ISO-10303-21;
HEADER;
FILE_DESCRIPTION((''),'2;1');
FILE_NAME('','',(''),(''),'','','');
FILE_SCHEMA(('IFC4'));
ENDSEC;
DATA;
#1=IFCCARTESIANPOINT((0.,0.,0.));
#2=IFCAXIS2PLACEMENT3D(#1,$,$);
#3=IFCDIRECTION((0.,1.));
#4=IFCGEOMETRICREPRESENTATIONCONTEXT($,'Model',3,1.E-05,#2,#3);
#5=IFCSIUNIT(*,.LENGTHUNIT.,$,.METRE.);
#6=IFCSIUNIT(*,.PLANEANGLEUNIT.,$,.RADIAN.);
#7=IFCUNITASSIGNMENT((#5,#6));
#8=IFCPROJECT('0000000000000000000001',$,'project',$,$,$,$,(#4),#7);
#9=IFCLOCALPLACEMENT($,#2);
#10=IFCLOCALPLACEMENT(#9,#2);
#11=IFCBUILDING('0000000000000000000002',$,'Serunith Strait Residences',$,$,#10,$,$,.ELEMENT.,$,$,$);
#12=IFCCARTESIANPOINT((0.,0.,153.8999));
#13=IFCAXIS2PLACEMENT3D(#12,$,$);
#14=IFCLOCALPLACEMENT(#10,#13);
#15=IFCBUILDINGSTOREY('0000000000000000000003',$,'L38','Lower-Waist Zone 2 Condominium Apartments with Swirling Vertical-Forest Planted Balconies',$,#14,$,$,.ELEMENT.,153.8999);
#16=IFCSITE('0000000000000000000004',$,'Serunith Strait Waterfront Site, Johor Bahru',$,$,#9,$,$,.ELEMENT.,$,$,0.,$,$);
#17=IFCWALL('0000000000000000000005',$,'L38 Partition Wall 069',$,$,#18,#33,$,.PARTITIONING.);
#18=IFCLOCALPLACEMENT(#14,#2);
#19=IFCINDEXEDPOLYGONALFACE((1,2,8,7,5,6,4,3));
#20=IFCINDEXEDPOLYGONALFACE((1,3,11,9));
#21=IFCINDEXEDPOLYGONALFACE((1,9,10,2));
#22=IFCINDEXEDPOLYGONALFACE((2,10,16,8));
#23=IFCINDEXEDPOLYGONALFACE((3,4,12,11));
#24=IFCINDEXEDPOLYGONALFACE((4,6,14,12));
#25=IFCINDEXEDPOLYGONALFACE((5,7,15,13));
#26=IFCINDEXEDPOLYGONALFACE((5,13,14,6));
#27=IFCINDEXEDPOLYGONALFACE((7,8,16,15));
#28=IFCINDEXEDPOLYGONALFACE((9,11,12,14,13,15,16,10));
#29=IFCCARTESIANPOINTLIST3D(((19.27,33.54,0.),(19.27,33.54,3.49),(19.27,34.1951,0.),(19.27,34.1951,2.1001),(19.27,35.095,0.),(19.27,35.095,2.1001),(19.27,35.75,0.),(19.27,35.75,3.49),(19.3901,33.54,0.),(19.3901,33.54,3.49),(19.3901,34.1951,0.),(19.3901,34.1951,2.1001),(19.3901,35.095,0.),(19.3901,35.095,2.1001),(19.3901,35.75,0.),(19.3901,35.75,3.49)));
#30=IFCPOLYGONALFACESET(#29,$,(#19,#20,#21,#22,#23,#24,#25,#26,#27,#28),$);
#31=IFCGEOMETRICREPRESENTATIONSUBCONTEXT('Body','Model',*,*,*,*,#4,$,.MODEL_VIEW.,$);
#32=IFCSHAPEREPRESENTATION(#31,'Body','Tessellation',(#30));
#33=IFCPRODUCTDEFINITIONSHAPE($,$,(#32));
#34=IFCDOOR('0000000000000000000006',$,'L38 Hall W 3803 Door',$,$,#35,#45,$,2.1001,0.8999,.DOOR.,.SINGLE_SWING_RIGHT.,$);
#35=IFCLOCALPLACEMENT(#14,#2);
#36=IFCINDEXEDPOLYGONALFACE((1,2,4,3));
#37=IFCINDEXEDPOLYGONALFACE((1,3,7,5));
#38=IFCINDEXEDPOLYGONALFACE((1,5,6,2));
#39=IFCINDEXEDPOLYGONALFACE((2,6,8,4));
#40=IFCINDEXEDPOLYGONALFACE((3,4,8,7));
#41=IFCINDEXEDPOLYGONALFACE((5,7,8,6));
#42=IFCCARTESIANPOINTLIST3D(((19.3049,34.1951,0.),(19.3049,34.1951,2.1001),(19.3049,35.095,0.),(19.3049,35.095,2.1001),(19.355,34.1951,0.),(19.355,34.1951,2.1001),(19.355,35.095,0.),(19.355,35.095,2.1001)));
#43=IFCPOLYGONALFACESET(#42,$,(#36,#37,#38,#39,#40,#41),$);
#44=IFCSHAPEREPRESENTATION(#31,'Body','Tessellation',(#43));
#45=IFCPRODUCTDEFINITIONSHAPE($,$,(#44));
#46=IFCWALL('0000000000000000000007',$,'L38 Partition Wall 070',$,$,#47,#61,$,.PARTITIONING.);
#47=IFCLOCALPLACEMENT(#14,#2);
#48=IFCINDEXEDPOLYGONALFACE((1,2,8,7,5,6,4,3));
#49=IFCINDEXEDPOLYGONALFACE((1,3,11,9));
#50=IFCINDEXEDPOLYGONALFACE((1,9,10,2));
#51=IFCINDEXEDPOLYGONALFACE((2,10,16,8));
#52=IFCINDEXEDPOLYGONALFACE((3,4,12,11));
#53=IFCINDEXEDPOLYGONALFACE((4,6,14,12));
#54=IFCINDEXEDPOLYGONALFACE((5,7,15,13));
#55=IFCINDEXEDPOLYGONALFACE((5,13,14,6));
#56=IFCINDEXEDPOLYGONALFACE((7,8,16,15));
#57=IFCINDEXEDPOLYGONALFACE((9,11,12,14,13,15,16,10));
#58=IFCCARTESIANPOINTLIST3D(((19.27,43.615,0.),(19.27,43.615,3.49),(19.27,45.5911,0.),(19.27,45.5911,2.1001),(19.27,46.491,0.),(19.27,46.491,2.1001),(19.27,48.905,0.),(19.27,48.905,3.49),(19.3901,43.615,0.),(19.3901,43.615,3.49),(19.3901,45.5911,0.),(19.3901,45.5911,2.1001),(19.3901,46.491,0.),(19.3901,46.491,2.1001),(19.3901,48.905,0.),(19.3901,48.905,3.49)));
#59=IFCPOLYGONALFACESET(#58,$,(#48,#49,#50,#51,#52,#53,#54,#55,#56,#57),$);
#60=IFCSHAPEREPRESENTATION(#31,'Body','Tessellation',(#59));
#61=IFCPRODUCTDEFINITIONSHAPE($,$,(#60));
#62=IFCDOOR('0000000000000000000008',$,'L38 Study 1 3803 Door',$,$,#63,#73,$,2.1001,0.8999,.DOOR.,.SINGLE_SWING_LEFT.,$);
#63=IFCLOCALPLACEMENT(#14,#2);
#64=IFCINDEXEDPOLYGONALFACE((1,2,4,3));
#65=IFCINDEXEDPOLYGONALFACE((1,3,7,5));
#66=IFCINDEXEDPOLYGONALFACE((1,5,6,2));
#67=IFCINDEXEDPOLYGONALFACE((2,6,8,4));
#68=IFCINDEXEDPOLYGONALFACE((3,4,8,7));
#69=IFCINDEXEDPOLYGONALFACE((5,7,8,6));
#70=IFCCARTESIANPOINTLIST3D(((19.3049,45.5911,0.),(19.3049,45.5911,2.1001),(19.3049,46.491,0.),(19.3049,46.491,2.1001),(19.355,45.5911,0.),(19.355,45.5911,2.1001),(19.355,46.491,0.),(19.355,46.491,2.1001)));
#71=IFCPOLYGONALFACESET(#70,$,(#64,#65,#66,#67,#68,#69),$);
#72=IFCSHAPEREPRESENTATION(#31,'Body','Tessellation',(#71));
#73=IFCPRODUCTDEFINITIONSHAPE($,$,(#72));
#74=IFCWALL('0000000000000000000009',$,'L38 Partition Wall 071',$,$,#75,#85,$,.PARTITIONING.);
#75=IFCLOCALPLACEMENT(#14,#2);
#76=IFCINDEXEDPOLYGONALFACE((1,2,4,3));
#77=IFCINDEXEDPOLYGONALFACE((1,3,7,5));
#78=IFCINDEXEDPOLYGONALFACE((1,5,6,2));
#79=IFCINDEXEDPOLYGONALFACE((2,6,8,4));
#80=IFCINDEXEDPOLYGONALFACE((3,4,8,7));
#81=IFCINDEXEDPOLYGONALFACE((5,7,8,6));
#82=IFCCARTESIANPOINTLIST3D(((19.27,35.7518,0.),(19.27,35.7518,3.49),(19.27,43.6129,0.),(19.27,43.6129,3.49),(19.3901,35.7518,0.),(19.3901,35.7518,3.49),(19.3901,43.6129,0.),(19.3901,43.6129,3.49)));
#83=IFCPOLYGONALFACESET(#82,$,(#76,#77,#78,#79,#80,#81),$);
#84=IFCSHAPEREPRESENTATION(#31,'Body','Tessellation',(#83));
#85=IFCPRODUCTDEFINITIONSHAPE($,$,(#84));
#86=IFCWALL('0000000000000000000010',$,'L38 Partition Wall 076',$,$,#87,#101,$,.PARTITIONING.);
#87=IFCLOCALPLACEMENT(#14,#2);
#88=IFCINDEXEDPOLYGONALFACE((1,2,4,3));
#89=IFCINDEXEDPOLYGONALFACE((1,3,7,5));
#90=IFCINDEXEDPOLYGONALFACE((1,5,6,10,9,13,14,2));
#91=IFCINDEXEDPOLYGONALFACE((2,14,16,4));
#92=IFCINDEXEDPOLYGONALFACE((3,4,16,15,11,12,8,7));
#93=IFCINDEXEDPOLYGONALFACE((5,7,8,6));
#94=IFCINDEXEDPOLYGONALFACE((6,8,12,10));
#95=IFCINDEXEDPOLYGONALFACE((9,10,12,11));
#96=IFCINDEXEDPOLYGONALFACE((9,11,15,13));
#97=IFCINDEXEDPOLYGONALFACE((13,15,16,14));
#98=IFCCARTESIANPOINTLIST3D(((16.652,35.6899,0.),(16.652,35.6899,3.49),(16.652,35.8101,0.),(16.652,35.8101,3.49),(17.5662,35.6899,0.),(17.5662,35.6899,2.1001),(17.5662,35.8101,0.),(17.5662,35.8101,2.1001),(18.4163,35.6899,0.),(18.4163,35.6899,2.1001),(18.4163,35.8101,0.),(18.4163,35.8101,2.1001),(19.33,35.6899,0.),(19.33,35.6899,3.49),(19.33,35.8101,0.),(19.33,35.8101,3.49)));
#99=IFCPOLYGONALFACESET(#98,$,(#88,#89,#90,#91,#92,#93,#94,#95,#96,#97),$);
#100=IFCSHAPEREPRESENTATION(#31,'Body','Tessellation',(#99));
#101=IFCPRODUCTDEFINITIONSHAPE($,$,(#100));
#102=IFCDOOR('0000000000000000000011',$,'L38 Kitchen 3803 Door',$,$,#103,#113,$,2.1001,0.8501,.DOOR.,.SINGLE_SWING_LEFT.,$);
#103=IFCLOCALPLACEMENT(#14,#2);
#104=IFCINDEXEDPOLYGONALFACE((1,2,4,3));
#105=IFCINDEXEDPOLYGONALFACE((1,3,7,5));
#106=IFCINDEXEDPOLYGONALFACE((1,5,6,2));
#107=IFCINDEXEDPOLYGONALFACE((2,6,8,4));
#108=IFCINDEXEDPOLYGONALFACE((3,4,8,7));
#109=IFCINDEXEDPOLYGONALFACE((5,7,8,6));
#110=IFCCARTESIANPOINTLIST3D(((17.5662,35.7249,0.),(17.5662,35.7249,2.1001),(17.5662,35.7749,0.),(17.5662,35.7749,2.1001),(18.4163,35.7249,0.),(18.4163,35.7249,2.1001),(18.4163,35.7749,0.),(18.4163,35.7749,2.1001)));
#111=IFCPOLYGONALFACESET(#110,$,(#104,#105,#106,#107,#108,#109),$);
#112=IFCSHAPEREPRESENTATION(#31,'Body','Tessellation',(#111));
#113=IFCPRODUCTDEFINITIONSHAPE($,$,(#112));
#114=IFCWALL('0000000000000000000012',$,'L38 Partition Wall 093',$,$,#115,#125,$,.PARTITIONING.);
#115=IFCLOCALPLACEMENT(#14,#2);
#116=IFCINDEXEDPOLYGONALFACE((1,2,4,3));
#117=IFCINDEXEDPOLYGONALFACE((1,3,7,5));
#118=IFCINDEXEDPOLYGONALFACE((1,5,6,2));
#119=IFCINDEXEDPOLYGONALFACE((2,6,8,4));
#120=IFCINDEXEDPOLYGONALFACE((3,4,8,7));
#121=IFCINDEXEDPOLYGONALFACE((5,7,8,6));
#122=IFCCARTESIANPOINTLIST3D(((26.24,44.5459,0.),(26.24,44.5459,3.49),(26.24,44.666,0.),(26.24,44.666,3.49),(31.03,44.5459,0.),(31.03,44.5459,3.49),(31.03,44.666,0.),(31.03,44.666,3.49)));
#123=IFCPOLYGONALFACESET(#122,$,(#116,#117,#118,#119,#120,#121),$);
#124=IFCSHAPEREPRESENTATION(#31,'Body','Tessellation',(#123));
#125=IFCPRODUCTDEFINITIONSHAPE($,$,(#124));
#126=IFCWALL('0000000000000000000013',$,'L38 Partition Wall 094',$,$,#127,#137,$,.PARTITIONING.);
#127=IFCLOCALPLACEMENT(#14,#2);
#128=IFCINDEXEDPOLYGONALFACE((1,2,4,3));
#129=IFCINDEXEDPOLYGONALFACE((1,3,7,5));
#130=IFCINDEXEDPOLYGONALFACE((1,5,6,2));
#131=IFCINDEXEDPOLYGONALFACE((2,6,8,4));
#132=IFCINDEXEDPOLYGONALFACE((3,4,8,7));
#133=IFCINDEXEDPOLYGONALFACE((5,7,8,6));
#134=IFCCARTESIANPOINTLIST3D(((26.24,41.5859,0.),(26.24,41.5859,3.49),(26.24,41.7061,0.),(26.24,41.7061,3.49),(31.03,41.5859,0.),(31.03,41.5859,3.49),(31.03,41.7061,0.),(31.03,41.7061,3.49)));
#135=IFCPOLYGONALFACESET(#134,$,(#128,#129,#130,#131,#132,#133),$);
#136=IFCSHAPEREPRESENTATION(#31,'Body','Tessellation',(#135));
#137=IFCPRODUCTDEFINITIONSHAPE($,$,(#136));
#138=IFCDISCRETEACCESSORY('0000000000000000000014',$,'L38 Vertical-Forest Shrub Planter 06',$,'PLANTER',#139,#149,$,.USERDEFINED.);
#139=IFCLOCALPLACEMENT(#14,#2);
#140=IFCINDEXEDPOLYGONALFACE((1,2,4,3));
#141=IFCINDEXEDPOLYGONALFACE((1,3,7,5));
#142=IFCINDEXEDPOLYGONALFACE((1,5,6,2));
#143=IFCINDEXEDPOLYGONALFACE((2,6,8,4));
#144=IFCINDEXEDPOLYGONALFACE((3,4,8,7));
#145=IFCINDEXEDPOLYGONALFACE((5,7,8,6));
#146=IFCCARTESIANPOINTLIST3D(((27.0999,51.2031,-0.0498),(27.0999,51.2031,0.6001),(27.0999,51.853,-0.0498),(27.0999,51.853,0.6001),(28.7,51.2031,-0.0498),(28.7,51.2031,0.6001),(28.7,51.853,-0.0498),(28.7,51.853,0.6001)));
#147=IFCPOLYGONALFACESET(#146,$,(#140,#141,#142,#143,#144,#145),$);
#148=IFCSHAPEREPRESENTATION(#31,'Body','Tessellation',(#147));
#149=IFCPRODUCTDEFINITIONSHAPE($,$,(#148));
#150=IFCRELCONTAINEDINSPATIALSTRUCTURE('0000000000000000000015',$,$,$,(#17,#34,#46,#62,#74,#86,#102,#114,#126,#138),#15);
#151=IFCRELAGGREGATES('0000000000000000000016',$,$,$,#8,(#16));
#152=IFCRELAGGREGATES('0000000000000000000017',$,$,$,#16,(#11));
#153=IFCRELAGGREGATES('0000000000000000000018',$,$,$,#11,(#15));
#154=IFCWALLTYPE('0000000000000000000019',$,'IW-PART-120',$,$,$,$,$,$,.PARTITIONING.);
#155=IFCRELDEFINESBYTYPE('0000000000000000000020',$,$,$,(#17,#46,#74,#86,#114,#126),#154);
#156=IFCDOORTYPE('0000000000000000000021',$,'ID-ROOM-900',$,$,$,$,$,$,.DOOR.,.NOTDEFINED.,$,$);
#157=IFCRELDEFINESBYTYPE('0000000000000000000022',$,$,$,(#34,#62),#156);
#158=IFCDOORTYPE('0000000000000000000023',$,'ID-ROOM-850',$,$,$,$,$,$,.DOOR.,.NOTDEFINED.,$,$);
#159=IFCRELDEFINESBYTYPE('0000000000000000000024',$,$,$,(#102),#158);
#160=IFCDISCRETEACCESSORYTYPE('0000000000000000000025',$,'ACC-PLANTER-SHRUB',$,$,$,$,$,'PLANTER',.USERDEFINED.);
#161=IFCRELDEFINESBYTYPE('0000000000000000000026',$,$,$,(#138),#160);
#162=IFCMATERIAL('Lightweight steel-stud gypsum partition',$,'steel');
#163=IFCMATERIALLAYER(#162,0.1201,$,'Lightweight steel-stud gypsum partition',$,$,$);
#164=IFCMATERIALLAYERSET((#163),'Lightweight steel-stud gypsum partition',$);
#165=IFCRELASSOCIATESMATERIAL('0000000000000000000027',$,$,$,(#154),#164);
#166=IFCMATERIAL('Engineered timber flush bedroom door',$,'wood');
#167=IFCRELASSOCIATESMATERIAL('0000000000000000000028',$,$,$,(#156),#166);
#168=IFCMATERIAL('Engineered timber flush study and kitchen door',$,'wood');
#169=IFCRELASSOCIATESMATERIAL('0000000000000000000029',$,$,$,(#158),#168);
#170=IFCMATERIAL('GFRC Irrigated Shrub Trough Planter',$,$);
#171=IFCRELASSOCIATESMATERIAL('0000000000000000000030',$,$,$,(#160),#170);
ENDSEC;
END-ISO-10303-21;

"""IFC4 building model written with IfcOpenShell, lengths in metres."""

from ifc_helpers import new_model, si_unit, direction, frame, frame_2d, origin, origin_2d, place, context, subcontext, project, spatial, rectangle, extrude, source, transform, mapped, material, layer, layer_set, type_object, element, fill, save


model = new_model("IFC4")

# Units and contexts
model_context = context("Model", 3, precision=1e-05, world=origin(), true_north=direction((0.0, 1.0)))
body_context = subcontext(model_context, "Body", "Model", "MODEL_VIEW")
ifc_project = project(units=[si_unit("LENGTHUNIT", "METRE"), si_unit("PLANEANGLEUNIT", "RADIAN")], contexts=[model_context])

# Site, building, storey
site_placement = place(None, origin())
site = spatial("IfcSite", under=ifc_project, at=site_placement, Name="Serunith Strait Waterfront Site, Johor Bahru", CompositionType="ELEMENT", RefElevation=0.0)
building_placement = place(site_placement, origin())
building = spatial("IfcBuilding", under=site, at=building_placement, Name="Serunith Strait Residences", CompositionType="ELEMENT")
storey_placement = place(building_placement, frame((0.0, 0.0, 153.8999)))
storey = spatial("IfcBuildingStorey", under=building, at=storey_placement, Name="L38", Description="Lower-Waist Zone 2 Condominium Apartments with Swirling Vertical-Forest Planted Balconies", CompositionType="ELEMENT", Elevation=153.8999)

# Walls, openings, doors
ifc_material_1 = material(Name="Lightweight steel-stud gypsum partition", Category="steel")
ifc_layer_1 = layer(ifc_material_1, 0.1201, Name="Lightweight steel-stud gypsum partition")
ifc_layer_set_1 = layer_set([ifc_layer_1], Name="Lightweight steel-stud gypsum partition")
wall_type = type_object("IfcWallType", Name="IW-PART-120", PredefinedType="PARTITIONING", material=ifc_layer_set_1)
wall_1_placement = place(storey_placement, frame((19.3301, 35.75, 0.0), z_axis=(0.0, 0.0, 1.0), x_axis=(0.0, -1.0, 0.0)))
wall_1 = element("IfcWall", 1, at=wall_1_placement, inside=storey, type_object=wall_type, Name="L38 Partition Wall 069", PredefinedType="PARTITIONING", context=body_context, shape_type="SweptSolid", body=[
    extrude(rectangle(XDim=2.21, YDim=0.1201, at=frame_2d((1.105, 0.0))), origin(), (0.0, 0.0, 1.0), 3.49),
])
opening_1_placement = place(wall_1_placement, frame((0.655, 0.0, 0.0)))
opening_1 = element("IfcOpeningElement", 2, at=opening_1_placement, cuts=wall_1, PredefinedType="OPENING", context=body_context, shape_type="SweptSolid", body=[
    extrude(rectangle(XDim=0.8999, YDim=2.1001, at=frame_2d((0.45, 1.05))), frame((0.0, 0.0701, 0.0), z_axis=(0.0, -1.0, 0.0), x_axis=(1.0, 0.0, 0.0)), (0.0, 0.0, 1.0), 0.1401),
])
ifc_material_2 = material(Name="Engineered timber flush bedroom door", Category="wood")
door_type_1 = type_object("IfcDoorType", Name="ID-ROOM-900", OperationType="NOTDEFINED", PredefinedType="DOOR", material=ifc_material_2)
shared_shape_1 = source(origin(), body_context, "Body", "SweptSolid", [
    extrude(rectangle(XDim=0.8999, YDim=2.1001, at=frame_2d((0.45, 1.05))), frame((0.0, 0.0249, 0.0), z_axis=(0.0, -1.0, 0.0), x_axis=(1.0, 0.0, 0.0)), (0.0, 0.0, 1.0), 0.05),
])
door_1_placement = place(opening_1_placement, origin())
door_1 = element("IfcDoor", 3, at=door_1_placement, inside=storey, type_object=door_type_1, Name="L38 Hall W 3803 Door", OperationType="SINGLE_SWING_RIGHT", OverallHeight=2.1001, OverallWidth=0.8999, PredefinedType="DOOR", context=body_context, shape_type="MappedRepresentation", body=[
    mapped(shared_shape_1, transform((0.0, 0.0, 0.0), scale=1.0)),
])
fill(opening_1, door_1)
wall_2_placement = place(storey_placement, frame((19.3301, 48.905, 0.0), z_axis=(0.0, 0.0, 1.0), x_axis=(0.0, -1.0, 0.0)))
wall_2 = element("IfcWall", 4, at=wall_2_placement, inside=storey, type_object=wall_type, Name="L38 Partition Wall 070", PredefinedType="PARTITIONING", context=body_context, shape_type="SweptSolid", body=[
    extrude(rectangle(XDim=5.29, YDim=0.1201, at=frame_2d((2.645, 0.0))), origin(), (0.0, 0.0, 1.0), 3.49),
])
opening_2_placement = place(wall_2_placement, frame((2.4141, 0.0, 0.0)))
opening_2 = element("IfcOpeningElement", 5, at=opening_2_placement, cuts=wall_2, PredefinedType="OPENING", context=body_context, shape_type="SweptSolid", body=[
    extrude(rectangle(XDim=0.8999, YDim=2.1001, at=frame_2d((0.45, 1.05))), frame((0.0, 0.0701, 0.0), z_axis=(0.0, -1.0, 0.0), x_axis=(1.0, 0.0, 0.0)), (0.0, 0.0, 1.0), 0.1401),
])
door_2_placement = place(opening_2_placement, origin())
door_2 = element("IfcDoor", 6, at=door_2_placement, inside=storey, type_object=door_type_1, Name="L38 Study 1 3803 Door", OperationType="SINGLE_SWING_LEFT", OverallHeight=2.1001, OverallWidth=0.8999, PredefinedType="DOOR", context=body_context, shape_type="MappedRepresentation", body=[
    mapped(shared_shape_1, transform((0.0, 0.0, 0.0), scale=1.0)),
])
fill(opening_2, door_2)

# Wall
wall_3_placement = place(storey_placement, frame((19.3301, 43.613, 0.0), z_axis=(0.0, 0.0, 1.0), x_axis=(0.0, -1.0, 0.0)))
element("IfcWall", 7, at=wall_3_placement, inside=storey, type_object=wall_type, Name="L38 Partition Wall 071", PredefinedType="PARTITIONING", context=body_context, shape_type="SweptSolid", body=[
    extrude(rectangle(XDim=7.8611, YDim=0.1201, at=frame_2d((3.9307, 0.0))), origin(), (0.0, 0.0, 1.0), 3.49),
])

# Wall, opening, door
wall_4_placement = place(storey_placement, frame((16.6521, 35.75, 0.0), z_axis=(0.0, 0.0, 1.0), x_axis=(1.0, 0.0, 0.0)))
wall_4 = element("IfcWall", 8, at=wall_4_placement, inside=storey, type_object=wall_type, Name="L38 Partition Wall 076", PredefinedType="PARTITIONING", context=body_context, shape_type="SweptSolid", body=[
    extrude(rectangle(XDim=2.678, YDim=0.1201, at=frame_2d((1.3389, 0.0))), origin(), (0.0, 0.0, 1.0), 3.49),
])
opening_3_placement = place(wall_4_placement, frame((0.9141, 0.0, 0.0)))
opening_3 = element("IfcOpeningElement", 9, at=opening_3_placement, cuts=wall_4, PredefinedType="OPENING", context=body_context, shape_type="SweptSolid", body=[
    extrude(rectangle(XDim=0.8501, YDim=2.1001, at=frame_2d((0.425, 1.05))), frame((0.0, 0.0701, 0.0), z_axis=(0.0, -1.0, 0.0), x_axis=(1.0, 0.0, 0.0)), (0.0, 0.0, 1.0), 0.1401),
])
ifc_material_3 = material(Name="Engineered timber flush study and kitchen door", Category="wood")
door_type_2 = type_object("IfcDoorType", Name="ID-ROOM-850", OperationType="NOTDEFINED", PredefinedType="DOOR", material=ifc_material_3)
shared_shape_2 = source(origin(), body_context, "Body", "SweptSolid", [
    extrude(rectangle(XDim=0.8501, YDim=2.1001, at=frame_2d((0.425, 1.05))), frame((0.0, 0.0249, 0.0), z_axis=(0.0, -1.0, 0.0), x_axis=(1.0, 0.0, 0.0)), (0.0, 0.0, 1.0), 0.05),
])
door_3_placement = place(opening_3_placement, origin())
door_3 = element("IfcDoor", 10, at=door_3_placement, inside=storey, type_object=door_type_2, Name="L38 Kitchen 3803 Door", OperationType="SINGLE_SWING_LEFT", OverallHeight=2.1001, OverallWidth=0.8501, PredefinedType="DOOR", context=body_context, shape_type="MappedRepresentation", body=[
    mapped(shared_shape_2, transform((0.0, 0.0, 0.0), scale=1.0)),
])
fill(opening_3, door_3)

# Walls
for number, where, z_axis, x_axis, name in (
    (11, (26.24, 44.606, 0.0), (0.0, 0.0, 1.0), (1.0, 0.0, 0.0), "L38 Partition Wall 093"),
    (12, (26.24, 41.646, 0.0), (0.0, 0.0, 1.0), (1.0, 0.0, 0.0), "L38 Partition Wall 094"),
):
    element("IfcWall", number, at=place(storey_placement, frame(where, z_axis=z_axis, x_axis=x_axis)), inside=storey, type_object=wall_type, Name=name, PredefinedType="PARTITIONING", context=body_context, shape_type="SweptSolid", body=[
        extrude(rectangle(XDim=4.79, YDim=0.1201, at=frame_2d((2.395, 0.0))), origin(), (0.0, 0.0, 1.0), 3.49),
    ])

# Discrete accessory
ifc_material_4 = material(Name="GFRC Irrigated Shrub Trough Planter")
discrete_accessory_type = type_object("IfcDiscreteAccessoryType", Name="ACC-PLANTER-SHRUB", ElementType="PLANTER", PredefinedType="USERDEFINED", material=ifc_material_4)
shared_shape_3 = source(origin(), body_context, "Body", "SweptSolid", [
    extrude(rectangle(XDim=1.6001, YDim=0.6499, at=origin_2d()), origin(), (0.0, 0.0, 1.0), 0.6499),
])
discrete_accessory_placement = place(storey_placement, frame((27.8999, 51.5281, -0.0498), z_axis=(0.0, 0.0, 1.0), x_axis=(-1.0, 0.0, 0.0)))
element("IfcDiscreteAccessory", 13, at=discrete_accessory_placement, inside=storey, type_object=discrete_accessory_type, Name="L38 Vertical-Forest Shrub Planter 06", ObjectType="PLANTER", PredefinedType="USERDEFINED", context=body_context, shape_type="MappedRepresentation", body=[
    mapped(shared_shape_3, transform((0.0, 0.0, 0.0), scale=1.0)),
])

save(model, "model.ifc")
